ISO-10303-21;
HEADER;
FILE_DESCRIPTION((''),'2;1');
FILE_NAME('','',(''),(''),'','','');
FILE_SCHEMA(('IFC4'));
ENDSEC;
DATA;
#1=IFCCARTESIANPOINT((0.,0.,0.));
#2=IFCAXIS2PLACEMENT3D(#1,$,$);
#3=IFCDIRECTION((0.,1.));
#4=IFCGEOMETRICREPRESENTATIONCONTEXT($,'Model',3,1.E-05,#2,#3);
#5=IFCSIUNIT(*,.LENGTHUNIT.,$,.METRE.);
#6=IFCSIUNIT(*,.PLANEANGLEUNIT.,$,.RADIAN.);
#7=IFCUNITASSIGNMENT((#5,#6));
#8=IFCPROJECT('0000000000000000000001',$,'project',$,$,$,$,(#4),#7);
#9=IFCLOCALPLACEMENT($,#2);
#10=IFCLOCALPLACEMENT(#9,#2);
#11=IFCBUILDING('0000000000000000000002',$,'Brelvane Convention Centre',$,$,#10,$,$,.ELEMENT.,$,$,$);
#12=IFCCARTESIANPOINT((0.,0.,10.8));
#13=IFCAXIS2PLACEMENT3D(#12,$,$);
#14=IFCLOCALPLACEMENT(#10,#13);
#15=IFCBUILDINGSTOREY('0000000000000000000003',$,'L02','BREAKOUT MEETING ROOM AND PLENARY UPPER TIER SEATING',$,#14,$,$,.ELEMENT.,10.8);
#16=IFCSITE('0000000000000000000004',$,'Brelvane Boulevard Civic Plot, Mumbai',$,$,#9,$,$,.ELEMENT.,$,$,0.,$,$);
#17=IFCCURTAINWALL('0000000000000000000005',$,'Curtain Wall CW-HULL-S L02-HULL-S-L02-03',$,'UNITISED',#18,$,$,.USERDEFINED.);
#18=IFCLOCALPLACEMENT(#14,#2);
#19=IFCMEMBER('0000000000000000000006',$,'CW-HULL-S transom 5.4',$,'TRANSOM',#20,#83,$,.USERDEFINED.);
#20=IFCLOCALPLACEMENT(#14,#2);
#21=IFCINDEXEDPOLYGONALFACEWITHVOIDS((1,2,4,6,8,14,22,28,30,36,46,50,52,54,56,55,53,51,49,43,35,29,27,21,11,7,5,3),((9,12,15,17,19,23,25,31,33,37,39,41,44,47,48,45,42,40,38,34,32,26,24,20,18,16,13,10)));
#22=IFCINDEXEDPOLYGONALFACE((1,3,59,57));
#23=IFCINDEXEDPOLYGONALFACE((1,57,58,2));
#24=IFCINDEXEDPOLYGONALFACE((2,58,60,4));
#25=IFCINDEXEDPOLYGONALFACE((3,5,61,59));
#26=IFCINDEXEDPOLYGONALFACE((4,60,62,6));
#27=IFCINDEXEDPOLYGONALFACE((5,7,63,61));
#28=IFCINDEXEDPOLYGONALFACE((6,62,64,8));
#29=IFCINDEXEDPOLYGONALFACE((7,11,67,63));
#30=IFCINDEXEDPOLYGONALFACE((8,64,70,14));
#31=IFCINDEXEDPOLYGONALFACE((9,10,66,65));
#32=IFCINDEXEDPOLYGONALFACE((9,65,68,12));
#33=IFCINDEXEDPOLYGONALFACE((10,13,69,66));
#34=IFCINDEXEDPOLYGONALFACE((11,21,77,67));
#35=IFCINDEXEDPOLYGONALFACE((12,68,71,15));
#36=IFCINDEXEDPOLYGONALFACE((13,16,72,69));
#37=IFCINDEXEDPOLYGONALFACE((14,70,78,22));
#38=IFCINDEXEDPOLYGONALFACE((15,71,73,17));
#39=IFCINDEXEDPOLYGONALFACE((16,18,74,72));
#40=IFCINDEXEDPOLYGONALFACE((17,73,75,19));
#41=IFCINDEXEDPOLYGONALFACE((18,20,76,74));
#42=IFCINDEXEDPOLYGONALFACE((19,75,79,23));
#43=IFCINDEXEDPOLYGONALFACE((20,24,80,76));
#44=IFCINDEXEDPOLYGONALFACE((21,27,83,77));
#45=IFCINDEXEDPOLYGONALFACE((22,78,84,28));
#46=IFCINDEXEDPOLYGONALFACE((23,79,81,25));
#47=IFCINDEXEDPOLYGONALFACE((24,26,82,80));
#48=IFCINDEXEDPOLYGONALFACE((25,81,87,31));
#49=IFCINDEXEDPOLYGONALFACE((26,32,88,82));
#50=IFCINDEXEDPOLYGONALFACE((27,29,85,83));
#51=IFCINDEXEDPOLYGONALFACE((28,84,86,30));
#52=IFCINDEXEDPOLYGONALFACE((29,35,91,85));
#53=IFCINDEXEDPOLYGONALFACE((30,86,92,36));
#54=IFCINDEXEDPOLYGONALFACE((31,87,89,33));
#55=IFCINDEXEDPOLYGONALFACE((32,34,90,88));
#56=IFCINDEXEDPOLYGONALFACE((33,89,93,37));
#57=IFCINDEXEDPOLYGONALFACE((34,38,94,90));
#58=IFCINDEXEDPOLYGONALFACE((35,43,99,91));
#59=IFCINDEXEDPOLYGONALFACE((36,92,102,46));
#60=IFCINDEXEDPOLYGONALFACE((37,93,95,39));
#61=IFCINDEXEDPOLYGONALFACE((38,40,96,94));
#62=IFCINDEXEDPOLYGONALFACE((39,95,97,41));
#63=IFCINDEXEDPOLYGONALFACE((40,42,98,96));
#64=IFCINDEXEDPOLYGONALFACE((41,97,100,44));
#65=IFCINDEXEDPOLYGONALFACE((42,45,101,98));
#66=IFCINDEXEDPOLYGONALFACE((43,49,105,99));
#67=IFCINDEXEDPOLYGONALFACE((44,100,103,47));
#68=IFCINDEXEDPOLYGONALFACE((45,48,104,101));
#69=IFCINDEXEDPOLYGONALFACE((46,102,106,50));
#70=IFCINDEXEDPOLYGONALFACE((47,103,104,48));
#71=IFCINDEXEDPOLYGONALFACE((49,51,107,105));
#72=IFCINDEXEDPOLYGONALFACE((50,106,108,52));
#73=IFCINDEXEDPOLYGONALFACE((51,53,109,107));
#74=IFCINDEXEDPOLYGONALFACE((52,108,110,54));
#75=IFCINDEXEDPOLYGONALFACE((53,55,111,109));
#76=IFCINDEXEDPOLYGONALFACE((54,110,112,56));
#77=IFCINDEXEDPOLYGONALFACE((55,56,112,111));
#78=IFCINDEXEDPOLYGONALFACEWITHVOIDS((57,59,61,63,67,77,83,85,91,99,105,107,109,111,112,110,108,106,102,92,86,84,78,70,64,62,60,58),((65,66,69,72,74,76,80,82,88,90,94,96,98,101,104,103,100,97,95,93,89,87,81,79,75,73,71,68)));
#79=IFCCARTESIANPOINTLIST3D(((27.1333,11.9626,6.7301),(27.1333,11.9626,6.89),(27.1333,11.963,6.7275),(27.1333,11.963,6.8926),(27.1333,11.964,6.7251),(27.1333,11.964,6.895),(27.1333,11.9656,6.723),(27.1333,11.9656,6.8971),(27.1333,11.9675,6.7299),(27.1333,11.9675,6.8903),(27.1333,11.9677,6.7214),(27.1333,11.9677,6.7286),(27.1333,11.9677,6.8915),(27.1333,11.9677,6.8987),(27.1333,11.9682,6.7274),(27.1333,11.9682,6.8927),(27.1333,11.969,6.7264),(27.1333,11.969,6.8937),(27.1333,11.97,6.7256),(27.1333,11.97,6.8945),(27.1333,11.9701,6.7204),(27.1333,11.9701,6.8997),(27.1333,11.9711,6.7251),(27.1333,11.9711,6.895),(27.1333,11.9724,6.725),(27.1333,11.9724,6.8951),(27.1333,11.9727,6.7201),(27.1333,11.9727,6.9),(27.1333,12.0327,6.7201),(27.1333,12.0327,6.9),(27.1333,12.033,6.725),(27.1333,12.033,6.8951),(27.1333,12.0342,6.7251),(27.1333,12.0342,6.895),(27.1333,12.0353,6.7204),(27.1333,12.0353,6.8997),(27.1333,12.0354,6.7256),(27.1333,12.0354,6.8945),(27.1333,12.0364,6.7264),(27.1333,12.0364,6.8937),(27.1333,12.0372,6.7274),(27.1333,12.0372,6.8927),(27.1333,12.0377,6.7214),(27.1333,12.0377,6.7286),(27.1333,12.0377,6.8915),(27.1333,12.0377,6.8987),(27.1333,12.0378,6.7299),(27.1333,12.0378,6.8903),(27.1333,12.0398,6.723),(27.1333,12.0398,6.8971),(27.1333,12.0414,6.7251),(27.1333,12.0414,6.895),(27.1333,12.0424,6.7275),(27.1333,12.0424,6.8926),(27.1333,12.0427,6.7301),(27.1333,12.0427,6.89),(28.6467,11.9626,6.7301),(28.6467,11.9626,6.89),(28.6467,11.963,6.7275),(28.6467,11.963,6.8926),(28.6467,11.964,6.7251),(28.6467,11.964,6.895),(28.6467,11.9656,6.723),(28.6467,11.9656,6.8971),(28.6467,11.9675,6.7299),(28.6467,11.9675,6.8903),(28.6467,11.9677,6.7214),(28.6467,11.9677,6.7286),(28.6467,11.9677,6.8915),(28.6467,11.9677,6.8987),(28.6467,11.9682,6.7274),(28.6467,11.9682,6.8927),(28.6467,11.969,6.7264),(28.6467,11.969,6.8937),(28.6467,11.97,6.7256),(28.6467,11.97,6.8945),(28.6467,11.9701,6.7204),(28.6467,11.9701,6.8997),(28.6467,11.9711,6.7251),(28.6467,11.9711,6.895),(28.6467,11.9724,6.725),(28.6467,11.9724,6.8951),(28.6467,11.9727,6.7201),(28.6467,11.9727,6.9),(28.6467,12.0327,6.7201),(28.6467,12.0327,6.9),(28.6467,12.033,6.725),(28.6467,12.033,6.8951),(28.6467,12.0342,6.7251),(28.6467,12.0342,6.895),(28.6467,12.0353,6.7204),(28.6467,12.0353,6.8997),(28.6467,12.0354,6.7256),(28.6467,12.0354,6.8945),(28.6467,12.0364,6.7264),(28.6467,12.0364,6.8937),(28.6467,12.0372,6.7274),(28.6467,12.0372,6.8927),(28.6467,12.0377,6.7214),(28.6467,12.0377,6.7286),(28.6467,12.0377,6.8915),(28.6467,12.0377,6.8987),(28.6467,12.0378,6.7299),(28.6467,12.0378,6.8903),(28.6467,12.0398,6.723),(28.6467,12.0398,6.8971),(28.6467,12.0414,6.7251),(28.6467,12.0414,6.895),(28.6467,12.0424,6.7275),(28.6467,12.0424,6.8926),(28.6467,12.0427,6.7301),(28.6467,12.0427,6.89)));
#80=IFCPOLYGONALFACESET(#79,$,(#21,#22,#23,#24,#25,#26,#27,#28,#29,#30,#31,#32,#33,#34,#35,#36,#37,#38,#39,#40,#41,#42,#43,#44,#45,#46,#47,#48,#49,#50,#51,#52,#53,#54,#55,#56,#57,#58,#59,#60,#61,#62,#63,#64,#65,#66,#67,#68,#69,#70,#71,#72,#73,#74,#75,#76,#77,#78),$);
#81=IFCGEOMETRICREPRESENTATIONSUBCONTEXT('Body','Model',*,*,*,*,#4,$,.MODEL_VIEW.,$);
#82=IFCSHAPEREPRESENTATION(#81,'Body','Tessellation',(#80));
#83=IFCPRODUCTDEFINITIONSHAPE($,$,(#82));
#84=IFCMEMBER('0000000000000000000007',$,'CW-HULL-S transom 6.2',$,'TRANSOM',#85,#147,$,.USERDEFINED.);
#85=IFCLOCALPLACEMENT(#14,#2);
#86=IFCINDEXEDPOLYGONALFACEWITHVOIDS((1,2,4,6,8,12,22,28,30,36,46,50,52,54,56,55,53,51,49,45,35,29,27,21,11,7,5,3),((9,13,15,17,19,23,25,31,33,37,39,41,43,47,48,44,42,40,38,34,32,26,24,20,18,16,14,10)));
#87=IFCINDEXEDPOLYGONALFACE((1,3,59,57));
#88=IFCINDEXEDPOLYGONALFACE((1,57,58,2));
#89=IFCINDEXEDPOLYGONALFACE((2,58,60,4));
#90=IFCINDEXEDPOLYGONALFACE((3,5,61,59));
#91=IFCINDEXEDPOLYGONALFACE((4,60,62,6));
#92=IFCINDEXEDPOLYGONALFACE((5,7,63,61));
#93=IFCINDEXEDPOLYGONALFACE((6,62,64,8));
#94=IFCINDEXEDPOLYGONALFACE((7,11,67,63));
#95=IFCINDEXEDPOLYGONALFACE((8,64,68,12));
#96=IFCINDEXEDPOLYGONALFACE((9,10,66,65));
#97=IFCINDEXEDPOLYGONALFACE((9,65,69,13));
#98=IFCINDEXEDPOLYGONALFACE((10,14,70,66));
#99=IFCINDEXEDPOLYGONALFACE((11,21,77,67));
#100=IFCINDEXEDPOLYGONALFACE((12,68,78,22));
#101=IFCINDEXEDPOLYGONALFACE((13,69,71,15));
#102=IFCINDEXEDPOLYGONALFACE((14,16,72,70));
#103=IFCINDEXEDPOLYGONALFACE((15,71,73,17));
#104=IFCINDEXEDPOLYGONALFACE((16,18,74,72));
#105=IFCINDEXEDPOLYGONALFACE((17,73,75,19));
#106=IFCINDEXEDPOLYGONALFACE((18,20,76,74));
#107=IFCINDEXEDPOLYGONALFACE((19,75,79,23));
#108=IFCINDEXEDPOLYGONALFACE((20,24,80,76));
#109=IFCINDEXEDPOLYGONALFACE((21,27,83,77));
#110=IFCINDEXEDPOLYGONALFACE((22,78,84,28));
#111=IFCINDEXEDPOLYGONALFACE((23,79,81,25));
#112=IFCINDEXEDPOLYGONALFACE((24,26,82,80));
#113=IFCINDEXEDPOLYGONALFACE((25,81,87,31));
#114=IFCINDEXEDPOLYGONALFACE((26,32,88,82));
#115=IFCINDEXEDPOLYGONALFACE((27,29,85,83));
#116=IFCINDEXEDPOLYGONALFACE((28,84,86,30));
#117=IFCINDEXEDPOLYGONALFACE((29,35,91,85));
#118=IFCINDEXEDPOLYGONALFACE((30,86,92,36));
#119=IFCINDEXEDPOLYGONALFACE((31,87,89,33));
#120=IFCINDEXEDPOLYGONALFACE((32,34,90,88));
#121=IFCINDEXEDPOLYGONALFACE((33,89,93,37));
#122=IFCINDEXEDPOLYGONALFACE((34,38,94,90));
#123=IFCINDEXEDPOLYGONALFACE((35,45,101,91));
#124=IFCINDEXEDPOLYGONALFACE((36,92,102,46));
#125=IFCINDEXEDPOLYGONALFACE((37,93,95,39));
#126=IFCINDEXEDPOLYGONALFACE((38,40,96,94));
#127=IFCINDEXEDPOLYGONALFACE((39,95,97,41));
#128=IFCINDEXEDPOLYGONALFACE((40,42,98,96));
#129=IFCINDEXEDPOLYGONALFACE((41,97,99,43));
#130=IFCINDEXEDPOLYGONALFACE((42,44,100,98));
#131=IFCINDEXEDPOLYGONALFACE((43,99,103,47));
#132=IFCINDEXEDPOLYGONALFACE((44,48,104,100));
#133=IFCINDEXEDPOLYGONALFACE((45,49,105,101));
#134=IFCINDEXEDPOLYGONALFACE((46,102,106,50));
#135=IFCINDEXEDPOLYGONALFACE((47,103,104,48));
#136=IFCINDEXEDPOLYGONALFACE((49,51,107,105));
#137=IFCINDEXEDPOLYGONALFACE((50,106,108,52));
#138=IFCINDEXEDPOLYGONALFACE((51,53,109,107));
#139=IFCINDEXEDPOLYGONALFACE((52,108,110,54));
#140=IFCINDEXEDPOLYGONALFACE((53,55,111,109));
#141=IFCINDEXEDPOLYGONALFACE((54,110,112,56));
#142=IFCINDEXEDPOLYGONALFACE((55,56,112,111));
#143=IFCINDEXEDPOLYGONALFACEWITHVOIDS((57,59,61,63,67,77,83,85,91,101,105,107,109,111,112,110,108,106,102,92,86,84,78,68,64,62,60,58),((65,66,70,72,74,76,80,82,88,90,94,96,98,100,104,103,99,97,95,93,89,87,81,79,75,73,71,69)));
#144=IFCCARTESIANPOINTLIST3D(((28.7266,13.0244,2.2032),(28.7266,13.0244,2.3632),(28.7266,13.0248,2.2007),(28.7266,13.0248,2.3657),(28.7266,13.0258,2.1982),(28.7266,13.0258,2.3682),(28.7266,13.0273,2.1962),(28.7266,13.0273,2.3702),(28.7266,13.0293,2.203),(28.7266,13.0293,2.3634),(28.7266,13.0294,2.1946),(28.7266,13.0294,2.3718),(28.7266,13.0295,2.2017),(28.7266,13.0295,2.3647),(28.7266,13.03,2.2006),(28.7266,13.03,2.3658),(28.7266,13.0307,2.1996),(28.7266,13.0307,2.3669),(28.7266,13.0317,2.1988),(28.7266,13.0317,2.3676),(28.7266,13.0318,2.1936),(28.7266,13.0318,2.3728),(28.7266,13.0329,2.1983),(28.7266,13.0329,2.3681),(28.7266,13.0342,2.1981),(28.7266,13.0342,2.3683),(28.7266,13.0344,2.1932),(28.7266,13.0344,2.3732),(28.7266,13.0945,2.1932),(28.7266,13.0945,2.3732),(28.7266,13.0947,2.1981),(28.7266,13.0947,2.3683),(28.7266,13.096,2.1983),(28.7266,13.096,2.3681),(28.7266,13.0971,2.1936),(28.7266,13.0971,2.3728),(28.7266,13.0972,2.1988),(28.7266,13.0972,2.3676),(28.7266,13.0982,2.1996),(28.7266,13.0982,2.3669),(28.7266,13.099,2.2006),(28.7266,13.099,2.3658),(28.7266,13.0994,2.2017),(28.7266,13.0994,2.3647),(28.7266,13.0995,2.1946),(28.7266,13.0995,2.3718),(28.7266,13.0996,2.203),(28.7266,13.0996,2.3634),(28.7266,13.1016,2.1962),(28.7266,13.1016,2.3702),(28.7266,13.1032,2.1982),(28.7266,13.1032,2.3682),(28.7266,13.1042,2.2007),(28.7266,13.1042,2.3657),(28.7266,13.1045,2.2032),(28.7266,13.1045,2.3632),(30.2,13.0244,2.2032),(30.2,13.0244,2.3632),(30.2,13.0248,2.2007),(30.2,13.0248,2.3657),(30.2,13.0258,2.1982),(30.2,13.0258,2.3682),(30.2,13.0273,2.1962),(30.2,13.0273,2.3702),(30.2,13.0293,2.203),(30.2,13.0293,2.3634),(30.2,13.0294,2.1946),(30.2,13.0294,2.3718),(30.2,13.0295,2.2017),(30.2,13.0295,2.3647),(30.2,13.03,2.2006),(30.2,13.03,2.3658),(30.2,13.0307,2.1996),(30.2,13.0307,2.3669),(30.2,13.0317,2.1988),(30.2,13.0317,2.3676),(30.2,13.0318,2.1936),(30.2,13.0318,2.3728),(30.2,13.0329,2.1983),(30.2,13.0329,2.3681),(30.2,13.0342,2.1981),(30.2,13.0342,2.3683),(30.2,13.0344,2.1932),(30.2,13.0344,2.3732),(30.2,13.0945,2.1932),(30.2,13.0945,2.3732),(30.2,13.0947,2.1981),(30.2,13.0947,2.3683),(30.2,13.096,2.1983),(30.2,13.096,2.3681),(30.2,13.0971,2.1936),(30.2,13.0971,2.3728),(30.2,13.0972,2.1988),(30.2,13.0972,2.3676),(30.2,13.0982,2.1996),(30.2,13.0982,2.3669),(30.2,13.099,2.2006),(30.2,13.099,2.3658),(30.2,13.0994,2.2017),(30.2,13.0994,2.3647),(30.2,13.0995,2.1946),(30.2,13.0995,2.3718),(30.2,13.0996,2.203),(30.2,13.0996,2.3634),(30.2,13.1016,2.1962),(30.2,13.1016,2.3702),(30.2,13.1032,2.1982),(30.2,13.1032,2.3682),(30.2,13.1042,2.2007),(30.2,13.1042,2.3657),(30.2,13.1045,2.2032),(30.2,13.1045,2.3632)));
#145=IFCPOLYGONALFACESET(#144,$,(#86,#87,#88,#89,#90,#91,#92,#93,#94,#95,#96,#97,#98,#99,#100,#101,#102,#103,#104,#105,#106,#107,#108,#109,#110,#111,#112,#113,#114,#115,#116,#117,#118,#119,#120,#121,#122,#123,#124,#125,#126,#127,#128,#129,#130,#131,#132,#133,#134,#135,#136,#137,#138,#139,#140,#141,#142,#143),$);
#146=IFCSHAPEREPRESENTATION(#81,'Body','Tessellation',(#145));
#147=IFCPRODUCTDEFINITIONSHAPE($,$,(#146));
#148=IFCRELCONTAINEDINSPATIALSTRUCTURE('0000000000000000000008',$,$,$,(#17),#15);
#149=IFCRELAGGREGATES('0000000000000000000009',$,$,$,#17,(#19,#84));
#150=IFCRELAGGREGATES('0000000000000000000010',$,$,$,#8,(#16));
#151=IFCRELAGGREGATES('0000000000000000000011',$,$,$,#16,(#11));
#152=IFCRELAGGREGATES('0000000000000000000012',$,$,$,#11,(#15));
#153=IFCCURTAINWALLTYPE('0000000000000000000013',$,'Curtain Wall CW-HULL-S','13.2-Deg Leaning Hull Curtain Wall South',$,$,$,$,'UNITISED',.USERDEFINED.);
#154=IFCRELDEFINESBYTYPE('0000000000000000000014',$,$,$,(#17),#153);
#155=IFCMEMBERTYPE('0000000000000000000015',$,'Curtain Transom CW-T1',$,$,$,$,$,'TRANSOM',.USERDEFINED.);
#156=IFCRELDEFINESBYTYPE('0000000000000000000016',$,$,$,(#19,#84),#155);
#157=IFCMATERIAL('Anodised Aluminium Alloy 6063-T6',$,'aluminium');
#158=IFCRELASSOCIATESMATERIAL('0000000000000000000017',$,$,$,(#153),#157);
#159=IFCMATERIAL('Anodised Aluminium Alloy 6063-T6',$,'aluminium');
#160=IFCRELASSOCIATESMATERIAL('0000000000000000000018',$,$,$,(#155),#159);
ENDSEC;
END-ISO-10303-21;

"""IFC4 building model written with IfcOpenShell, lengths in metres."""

from ifc_helpers import new_model, si_unit, direction, frame, origin, origin_2d, place, context, subcontext, project, spatial, hollow_rectangle, extrude, material, material_profile, profile_set, type_object, element, aggregate, save


model = new_model("IFC4")

# Units and contexts
model_context = context("Model", 3, precision=1e-05, world=origin(), true_north=direction((0.0, 1.0)))
body_context = subcontext(model_context, "Body", "Model", "MODEL_VIEW")
ifc_project = project(units=[si_unit("LENGTHUNIT", "METRE"), si_unit("PLANEANGLEUNIT", "RADIAN")], contexts=[model_context])

# Site, building, storey
site_placement = place(None, origin())
site = spatial("IfcSite", under=ifc_project, at=site_placement, Name="Brelvane Boulevard Civic Plot, Mumbai", CompositionType="ELEMENT", RefElevation=0.0)
building_placement = place(site_placement, origin())
building = spatial("IfcBuilding", under=site, at=building_placement, Name="Brelvane Convention Centre", CompositionType="ELEMENT")
storey_placement = place(building_placement, frame((0.0, 0.0, 10.8)))
storey = spatial("IfcBuildingStorey", under=building, at=storey_placement, Name="L02", Description="BREAKOUT MEETING ROOM AND PLENARY UPPER TIER SEATING", CompositionType="ELEMENT", Elevation=10.8)

# Curtain wall, members
ifc_material_1 = material(Name="Anodised Aluminium Alloy 6063-T6", Category="aluminium")
curtain_wall_type = type_object("IfcCurtainWallType", Name="Curtain Wall CW-HULL-S", Description="13.2-Deg Leaning Hull Curtain Wall South", ElementType="UNITISED", PredefinedType="USERDEFINED", material=ifc_material_1)
curtain_wall_1_placement = place(storey_placement, origin())
curtain_wall_1 = element("IfcCurtainWall", 1, at=curtain_wall_1_placement, inside=storey, type_object=curtain_wall_type, Name="Curtain Wall CW-HULL-S L02-HULL-S-L02-03", ObjectType="UNITISED", PredefinedType="USERDEFINED")
ifc_material_2 = material(Name="Anodised Aluminium Alloy 6063-T6", Category="aluminium")
ifc_material_profile = material_profile(ifc_material_2, hollow_rectangle(XDim=0.0801, YDim=0.1799, WallThickness=0.0049, InnerFilletRadius=0.0049, OuterFilletRadius=0.01, at=origin_2d()), Name="ALU-T 180x80x5.0")
ifc_profile_set = profile_set([ifc_material_profile], Name="Anodised Aluminium Alloy 6063-T6")
member_type = type_object("IfcMemberType", Name="Curtain Transom CW-T1", ElementType="TRANSOM", PredefinedType="USERDEFINED", material=ifc_profile_set)
member_1_placement = place(storey_placement, frame((27.1333, 12.0027, 6.8101), z_axis=(1.0, 0.0, 0.0), x_axis=(0.0, 1.0, 0.0)))
member_1 = element("IfcMember", 2, at=member_1_placement, type_object=member_type, Name="CW-HULL-S transom 5.4", ObjectType="TRANSOM", PredefinedType="USERDEFINED", context=body_context, shape_type="SweptSolid", body=[
    extrude(hollow_rectangle(XDim=0.0801, YDim=0.1799, WallThickness=0.0049, InnerFilletRadius=0.0049, OuterFilletRadius=0.01, at=origin_2d()), origin(), (0.0, 0.0, 1.0), 1.5134),
])
member_2_placement = place(storey_placement, frame((28.7266, 13.0645, 2.2832), z_axis=(1.0, 0.0, 0.0), x_axis=(0.0, 1.0, 0.0)))
member_2 = element("IfcMember", 3, at=member_2_placement, type_object=member_type, Name="CW-HULL-S transom 6.2", ObjectType="TRANSOM", PredefinedType="USERDEFINED", context=body_context, shape_type="SweptSolid", body=[
    extrude(hollow_rectangle(XDim=0.0801, YDim=0.1799, WallThickness=0.0049, InnerFilletRadius=0.0049, OuterFilletRadius=0.01, at=origin_2d()), origin(), (0.0, 0.0, 1.0), 1.4734),
])

aggregate(curtain_wall_1, [member_1, member_2])

save(model, "model.ifc")
